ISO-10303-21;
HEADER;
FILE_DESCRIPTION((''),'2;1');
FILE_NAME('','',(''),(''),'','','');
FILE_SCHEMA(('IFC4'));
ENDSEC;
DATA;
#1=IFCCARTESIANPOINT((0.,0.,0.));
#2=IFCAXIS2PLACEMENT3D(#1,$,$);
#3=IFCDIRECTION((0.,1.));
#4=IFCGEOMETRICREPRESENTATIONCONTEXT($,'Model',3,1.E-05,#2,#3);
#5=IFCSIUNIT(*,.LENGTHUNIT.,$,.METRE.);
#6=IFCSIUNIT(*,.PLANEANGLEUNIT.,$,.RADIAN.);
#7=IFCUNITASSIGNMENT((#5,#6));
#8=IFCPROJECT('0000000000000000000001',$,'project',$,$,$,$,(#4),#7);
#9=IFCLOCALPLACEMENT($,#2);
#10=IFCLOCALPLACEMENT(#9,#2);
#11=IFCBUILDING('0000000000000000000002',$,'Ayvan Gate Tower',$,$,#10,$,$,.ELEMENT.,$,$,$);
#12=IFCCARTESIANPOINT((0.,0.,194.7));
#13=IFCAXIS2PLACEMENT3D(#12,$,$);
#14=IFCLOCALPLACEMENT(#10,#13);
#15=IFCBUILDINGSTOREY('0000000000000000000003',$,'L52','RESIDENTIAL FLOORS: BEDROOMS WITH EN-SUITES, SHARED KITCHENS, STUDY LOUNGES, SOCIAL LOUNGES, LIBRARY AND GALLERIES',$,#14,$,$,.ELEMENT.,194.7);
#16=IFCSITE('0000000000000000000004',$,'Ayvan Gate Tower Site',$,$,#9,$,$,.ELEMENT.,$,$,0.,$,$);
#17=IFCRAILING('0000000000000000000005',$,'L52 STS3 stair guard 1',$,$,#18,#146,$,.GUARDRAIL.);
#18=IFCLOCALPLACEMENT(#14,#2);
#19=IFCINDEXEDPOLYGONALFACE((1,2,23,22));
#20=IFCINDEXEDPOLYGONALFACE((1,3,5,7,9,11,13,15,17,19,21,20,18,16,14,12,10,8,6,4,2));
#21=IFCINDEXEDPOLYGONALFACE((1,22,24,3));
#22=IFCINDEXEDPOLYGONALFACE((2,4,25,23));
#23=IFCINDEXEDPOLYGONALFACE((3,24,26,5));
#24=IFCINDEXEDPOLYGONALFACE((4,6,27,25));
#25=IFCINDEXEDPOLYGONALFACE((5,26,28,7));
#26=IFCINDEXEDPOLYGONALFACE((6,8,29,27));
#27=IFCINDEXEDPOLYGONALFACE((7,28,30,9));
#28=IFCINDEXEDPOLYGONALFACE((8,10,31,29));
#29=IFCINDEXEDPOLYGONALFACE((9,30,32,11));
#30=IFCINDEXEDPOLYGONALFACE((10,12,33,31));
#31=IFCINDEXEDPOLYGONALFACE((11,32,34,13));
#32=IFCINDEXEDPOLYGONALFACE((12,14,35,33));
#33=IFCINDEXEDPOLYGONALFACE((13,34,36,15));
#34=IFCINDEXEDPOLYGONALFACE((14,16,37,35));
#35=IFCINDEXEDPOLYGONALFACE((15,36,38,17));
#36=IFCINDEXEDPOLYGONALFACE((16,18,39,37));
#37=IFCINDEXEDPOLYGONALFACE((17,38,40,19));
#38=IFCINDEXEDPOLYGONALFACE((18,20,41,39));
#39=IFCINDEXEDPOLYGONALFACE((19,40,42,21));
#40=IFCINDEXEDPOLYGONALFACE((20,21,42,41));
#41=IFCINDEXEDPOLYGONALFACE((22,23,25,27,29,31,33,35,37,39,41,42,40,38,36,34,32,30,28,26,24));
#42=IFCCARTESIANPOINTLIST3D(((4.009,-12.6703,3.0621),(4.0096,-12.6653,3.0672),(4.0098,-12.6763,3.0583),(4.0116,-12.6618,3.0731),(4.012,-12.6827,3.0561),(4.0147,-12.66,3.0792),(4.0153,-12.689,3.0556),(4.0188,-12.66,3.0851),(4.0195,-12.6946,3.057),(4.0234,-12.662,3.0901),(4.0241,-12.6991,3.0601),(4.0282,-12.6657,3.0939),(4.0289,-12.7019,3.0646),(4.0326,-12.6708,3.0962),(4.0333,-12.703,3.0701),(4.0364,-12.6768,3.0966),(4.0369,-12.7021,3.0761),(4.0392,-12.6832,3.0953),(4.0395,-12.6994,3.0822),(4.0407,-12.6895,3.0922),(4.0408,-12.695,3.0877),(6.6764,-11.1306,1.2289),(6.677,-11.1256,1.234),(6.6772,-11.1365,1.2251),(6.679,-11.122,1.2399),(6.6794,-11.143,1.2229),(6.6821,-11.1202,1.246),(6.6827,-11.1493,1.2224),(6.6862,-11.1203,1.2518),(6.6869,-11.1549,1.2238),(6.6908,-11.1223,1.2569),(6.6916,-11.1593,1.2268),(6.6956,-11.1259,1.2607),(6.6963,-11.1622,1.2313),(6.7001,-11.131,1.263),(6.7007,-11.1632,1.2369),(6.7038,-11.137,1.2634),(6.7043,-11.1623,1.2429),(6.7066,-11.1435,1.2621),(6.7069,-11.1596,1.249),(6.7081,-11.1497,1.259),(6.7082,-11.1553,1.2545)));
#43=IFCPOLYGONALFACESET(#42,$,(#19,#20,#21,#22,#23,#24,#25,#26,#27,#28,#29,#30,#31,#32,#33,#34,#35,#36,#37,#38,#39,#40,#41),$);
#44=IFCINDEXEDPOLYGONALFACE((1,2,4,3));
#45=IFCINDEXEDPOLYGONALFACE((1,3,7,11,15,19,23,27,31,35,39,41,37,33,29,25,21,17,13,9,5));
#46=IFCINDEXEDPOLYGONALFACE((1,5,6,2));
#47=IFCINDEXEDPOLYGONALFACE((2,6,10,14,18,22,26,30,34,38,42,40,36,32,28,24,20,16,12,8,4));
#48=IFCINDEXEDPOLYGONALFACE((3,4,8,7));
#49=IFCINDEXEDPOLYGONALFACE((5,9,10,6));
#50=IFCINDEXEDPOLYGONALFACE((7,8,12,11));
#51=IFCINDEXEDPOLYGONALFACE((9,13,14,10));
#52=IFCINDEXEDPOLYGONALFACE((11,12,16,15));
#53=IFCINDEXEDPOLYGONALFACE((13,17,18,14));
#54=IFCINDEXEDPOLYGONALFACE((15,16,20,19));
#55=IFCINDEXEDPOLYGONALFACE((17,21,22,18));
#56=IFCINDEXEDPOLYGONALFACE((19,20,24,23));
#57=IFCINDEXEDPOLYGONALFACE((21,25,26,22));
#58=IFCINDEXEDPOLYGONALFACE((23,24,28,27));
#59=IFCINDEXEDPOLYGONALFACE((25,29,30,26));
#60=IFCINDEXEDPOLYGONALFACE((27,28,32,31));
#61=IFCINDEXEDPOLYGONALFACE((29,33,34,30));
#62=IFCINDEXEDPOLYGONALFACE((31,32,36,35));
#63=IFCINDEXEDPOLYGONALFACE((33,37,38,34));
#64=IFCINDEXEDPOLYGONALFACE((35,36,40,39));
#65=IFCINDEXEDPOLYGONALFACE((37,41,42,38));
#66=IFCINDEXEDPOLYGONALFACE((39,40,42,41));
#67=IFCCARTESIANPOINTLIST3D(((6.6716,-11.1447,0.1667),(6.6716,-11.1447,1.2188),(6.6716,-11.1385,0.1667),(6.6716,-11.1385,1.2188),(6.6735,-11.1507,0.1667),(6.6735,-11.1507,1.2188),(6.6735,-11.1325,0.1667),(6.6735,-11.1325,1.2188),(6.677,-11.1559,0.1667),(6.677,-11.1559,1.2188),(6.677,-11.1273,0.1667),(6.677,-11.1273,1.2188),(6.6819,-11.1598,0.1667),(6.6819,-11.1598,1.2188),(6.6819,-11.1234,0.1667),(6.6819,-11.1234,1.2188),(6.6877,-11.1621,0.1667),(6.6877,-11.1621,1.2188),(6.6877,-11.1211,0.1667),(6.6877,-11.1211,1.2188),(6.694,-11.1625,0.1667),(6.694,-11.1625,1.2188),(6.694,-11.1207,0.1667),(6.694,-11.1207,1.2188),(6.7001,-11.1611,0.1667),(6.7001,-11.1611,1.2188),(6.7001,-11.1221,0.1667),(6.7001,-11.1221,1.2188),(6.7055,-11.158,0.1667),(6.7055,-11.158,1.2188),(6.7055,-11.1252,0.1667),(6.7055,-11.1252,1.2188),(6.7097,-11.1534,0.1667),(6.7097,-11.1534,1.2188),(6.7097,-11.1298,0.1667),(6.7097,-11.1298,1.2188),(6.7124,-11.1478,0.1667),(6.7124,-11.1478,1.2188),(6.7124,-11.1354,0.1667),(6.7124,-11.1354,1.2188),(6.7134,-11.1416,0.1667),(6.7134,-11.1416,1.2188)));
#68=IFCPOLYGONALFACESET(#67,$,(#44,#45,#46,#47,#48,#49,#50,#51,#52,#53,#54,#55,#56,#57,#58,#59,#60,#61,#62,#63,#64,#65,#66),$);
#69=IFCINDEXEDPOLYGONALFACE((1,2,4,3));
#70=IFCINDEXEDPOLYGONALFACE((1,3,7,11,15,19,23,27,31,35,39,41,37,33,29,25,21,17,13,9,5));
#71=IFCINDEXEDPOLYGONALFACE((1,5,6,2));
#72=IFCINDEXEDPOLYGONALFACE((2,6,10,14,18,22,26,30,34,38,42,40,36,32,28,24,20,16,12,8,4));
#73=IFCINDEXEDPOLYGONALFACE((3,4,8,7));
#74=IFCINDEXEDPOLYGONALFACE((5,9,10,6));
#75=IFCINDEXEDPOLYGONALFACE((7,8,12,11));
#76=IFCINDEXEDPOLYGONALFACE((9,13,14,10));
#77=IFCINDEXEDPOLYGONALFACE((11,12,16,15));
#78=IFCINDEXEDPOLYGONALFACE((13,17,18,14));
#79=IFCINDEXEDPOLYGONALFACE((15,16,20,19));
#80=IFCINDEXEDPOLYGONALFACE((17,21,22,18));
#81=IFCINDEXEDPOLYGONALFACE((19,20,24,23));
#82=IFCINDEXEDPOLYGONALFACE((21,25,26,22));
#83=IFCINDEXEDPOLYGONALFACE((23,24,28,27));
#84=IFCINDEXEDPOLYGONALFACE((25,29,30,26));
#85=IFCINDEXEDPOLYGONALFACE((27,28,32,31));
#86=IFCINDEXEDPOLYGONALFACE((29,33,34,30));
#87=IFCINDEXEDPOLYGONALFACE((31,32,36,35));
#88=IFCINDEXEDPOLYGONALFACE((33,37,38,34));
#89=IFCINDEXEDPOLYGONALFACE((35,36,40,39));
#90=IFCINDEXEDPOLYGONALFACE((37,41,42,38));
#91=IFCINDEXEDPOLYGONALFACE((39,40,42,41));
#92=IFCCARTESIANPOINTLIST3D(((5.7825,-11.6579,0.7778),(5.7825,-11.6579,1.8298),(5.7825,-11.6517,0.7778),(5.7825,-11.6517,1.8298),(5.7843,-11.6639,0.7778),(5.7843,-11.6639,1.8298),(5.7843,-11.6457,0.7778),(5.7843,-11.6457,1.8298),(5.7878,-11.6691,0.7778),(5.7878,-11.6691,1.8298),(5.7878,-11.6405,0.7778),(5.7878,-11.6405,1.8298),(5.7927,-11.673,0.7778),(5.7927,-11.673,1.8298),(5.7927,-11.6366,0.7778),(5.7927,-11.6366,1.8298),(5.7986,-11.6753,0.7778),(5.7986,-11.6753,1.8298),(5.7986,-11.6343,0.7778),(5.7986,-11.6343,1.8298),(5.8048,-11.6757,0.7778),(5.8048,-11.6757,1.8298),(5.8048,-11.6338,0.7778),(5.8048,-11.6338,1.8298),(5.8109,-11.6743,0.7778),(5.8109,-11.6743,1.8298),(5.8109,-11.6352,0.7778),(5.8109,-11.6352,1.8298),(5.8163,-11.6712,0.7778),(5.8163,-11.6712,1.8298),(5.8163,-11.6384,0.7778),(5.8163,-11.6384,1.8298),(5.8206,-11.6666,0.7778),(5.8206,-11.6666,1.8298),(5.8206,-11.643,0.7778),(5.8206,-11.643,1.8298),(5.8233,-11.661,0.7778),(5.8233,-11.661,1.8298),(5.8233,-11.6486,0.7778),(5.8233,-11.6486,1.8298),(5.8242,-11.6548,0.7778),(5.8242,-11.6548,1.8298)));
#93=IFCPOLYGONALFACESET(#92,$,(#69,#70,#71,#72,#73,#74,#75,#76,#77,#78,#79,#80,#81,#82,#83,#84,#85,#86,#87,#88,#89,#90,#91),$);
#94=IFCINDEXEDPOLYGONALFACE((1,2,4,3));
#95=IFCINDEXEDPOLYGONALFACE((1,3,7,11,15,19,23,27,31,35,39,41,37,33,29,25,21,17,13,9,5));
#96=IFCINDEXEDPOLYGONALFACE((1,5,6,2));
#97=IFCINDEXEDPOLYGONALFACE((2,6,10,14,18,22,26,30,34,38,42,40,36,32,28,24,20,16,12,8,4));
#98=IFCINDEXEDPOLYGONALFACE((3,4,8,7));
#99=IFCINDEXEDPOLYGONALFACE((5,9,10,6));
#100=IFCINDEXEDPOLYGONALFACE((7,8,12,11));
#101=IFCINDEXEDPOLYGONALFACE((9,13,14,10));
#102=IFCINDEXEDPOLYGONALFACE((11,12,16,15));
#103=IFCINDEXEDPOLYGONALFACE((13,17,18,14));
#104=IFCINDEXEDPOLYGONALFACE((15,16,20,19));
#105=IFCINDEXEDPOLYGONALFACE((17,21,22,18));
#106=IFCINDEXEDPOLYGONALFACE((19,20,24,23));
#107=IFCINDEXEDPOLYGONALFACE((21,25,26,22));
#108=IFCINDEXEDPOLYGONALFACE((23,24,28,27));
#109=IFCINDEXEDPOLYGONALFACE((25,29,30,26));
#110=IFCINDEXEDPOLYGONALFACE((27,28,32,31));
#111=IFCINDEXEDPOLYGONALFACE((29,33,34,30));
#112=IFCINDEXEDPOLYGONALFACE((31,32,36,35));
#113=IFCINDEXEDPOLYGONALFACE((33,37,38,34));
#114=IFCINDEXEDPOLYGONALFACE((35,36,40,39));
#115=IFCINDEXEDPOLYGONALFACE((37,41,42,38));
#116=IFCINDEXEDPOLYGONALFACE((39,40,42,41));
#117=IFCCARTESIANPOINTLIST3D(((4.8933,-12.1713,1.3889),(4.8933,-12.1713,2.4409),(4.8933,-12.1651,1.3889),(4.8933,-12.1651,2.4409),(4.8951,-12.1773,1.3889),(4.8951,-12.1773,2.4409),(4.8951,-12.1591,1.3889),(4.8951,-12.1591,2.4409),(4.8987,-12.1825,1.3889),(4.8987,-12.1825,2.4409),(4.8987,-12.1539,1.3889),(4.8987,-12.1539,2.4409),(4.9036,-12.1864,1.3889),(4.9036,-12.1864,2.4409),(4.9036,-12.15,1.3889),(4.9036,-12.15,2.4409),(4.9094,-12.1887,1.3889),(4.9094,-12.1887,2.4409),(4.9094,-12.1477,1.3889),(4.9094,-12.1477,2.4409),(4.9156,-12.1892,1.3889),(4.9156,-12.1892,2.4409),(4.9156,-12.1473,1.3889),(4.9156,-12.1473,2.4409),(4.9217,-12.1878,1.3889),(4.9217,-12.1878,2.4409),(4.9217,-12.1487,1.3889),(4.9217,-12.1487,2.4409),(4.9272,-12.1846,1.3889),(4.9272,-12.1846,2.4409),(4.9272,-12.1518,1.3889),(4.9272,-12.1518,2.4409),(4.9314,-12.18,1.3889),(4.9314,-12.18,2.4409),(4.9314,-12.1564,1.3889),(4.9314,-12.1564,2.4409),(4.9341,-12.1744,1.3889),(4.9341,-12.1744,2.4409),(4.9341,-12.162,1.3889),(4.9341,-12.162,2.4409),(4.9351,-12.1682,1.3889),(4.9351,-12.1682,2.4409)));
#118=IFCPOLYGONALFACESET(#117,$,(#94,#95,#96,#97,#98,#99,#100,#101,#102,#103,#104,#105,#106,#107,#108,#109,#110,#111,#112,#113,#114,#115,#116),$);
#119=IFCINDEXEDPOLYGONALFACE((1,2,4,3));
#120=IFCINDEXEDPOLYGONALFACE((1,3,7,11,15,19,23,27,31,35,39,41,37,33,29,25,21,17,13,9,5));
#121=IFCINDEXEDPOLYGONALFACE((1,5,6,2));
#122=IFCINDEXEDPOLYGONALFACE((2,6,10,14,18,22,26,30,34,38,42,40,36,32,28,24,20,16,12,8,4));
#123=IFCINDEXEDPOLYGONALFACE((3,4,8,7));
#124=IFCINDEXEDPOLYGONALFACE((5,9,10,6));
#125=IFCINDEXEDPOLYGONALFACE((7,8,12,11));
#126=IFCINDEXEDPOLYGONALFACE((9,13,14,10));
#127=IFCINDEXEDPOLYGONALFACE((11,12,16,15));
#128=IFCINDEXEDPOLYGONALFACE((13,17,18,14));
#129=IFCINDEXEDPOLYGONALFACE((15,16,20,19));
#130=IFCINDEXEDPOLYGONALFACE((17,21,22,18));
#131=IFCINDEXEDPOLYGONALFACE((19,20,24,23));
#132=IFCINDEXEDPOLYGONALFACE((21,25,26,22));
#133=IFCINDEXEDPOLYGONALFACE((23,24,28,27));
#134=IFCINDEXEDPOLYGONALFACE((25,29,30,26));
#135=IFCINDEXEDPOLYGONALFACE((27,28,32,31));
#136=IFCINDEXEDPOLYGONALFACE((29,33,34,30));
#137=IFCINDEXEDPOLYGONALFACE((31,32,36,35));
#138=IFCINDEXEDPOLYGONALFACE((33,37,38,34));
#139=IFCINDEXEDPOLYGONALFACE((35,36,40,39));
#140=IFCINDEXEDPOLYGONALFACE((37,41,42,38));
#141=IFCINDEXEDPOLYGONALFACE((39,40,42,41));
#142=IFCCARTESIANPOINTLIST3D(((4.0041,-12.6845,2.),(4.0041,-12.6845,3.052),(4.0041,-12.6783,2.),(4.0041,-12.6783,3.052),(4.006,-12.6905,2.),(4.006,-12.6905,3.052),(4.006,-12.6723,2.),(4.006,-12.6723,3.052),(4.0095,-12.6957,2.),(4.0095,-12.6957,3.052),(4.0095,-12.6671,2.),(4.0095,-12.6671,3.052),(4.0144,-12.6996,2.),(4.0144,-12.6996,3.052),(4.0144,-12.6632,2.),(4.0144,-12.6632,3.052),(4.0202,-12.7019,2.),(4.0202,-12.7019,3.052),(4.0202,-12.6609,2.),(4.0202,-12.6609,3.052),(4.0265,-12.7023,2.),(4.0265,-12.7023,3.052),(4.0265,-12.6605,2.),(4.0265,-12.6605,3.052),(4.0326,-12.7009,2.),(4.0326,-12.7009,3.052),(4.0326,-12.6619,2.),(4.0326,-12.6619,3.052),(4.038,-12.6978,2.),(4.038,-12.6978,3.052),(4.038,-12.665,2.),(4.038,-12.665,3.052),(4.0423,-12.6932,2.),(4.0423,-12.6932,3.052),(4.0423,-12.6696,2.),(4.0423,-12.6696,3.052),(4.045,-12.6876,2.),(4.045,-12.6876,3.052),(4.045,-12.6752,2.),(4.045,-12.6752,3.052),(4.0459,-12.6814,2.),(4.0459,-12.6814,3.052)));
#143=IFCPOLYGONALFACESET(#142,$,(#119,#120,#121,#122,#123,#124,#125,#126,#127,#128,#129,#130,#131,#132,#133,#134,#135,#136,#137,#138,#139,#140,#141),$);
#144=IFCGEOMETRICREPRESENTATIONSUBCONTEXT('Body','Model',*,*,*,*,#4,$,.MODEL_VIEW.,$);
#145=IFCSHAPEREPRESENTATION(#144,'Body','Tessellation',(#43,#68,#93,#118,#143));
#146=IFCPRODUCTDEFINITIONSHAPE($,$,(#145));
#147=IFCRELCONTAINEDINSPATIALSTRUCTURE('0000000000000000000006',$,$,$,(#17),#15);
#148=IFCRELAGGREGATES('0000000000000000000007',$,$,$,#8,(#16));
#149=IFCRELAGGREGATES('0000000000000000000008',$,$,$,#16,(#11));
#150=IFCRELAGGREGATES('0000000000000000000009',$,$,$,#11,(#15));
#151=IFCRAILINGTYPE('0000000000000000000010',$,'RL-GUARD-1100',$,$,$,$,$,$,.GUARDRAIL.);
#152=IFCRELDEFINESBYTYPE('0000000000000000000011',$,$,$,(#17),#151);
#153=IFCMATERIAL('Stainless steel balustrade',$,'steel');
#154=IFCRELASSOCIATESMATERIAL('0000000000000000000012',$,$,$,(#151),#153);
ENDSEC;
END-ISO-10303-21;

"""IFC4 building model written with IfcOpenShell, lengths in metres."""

from ifc_helpers import new_model, si_unit, direction, frame, origin, origin_2d, place, context, subcontext, project, spatial, circle, extrude, material, type_object, element, save


model = new_model("IFC4")

# Units and contexts
model_context = context("Model", 3, precision=1e-05, world=origin(), true_north=direction((0.0, 1.0)))
body_context = subcontext(model_context, "Body", "Model", "MODEL_VIEW")
ifc_project = project(units=[si_unit("LENGTHUNIT", "METRE"), si_unit("PLANEANGLEUNIT", "RADIAN")], contexts=[model_context])

# Site, building, storey
site_placement = place(None, origin())
site = spatial("IfcSite", under=ifc_project, at=site_placement, Name="Ayvan Gate Tower Site", CompositionType="ELEMENT", RefElevation=0.0)
building_placement = place(site_placement, origin())
building = spatial("IfcBuilding", under=site, at=building_placement, Name="Ayvan Gate Tower", CompositionType="ELEMENT")
storey_placement = place(building_placement, frame((0.0, 0.0, 194.7)))
storey = spatial("IfcBuildingStorey", under=building, at=storey_placement, Name="L52", Description="RESIDENTIAL FLOORS: BEDROOMS WITH EN-SUITES, SHARED KITCHENS, STUDY LOUNGES, SOCIAL LOUNGES, LIBRARY AND GALLERIES", CompositionType="ELEMENT", Elevation=194.7)

# Railing
ifc_material_1 = material(Name="Stainless steel balustrade", Category="steel")
railing_type_1 = type_object("IfcRailingType", Name="RL-GUARD-1100", PredefinedType="GUARDRAIL", material=ifc_material_1)
railing_1_placement = place(storey_placement, frame((6.6924, -11.1416, 0.1667)))
element("IfcRailing", 1, at=railing_1_placement, inside=storey, type_object=railing_type_1, Name="L52 STS3 stair guard 1", PredefinedType="GUARDRAIL", context=body_context, shape_type="SweptSolid", body=[
    extrude(circle(Radius=0.0239, at=origin_2d()), frame((0.0, 0.0, 1.0762), z_axis=(-0.744212, -0.429594, 0.511467), x_axis=(0.499933, -0.866064, 0.0)), (0.0, 0.0, 1.0), 3.5842),
    extrude(circle(Radius=0.021, at=origin_2d()), origin(), (0.0, 0.0, 1.0), 1.052),
    extrude(circle(Radius=0.021, at=origin_2d()), frame((-0.8892, -0.5132, 0.6111)), (0.0, 0.0, 1.0), 1.052),
    extrude(circle(Radius=0.021, at=origin_2d()), frame((-1.7783, -1.0266, 1.2222)), (0.0, 0.0, 1.0), 1.052),
    extrude(circle(Radius=0.021, at=origin_2d()), frame((-2.6675, -1.5398, 1.8333)), (0.0, 0.0, 1.0), 1.052),
])

save(model, "model.ifc")
